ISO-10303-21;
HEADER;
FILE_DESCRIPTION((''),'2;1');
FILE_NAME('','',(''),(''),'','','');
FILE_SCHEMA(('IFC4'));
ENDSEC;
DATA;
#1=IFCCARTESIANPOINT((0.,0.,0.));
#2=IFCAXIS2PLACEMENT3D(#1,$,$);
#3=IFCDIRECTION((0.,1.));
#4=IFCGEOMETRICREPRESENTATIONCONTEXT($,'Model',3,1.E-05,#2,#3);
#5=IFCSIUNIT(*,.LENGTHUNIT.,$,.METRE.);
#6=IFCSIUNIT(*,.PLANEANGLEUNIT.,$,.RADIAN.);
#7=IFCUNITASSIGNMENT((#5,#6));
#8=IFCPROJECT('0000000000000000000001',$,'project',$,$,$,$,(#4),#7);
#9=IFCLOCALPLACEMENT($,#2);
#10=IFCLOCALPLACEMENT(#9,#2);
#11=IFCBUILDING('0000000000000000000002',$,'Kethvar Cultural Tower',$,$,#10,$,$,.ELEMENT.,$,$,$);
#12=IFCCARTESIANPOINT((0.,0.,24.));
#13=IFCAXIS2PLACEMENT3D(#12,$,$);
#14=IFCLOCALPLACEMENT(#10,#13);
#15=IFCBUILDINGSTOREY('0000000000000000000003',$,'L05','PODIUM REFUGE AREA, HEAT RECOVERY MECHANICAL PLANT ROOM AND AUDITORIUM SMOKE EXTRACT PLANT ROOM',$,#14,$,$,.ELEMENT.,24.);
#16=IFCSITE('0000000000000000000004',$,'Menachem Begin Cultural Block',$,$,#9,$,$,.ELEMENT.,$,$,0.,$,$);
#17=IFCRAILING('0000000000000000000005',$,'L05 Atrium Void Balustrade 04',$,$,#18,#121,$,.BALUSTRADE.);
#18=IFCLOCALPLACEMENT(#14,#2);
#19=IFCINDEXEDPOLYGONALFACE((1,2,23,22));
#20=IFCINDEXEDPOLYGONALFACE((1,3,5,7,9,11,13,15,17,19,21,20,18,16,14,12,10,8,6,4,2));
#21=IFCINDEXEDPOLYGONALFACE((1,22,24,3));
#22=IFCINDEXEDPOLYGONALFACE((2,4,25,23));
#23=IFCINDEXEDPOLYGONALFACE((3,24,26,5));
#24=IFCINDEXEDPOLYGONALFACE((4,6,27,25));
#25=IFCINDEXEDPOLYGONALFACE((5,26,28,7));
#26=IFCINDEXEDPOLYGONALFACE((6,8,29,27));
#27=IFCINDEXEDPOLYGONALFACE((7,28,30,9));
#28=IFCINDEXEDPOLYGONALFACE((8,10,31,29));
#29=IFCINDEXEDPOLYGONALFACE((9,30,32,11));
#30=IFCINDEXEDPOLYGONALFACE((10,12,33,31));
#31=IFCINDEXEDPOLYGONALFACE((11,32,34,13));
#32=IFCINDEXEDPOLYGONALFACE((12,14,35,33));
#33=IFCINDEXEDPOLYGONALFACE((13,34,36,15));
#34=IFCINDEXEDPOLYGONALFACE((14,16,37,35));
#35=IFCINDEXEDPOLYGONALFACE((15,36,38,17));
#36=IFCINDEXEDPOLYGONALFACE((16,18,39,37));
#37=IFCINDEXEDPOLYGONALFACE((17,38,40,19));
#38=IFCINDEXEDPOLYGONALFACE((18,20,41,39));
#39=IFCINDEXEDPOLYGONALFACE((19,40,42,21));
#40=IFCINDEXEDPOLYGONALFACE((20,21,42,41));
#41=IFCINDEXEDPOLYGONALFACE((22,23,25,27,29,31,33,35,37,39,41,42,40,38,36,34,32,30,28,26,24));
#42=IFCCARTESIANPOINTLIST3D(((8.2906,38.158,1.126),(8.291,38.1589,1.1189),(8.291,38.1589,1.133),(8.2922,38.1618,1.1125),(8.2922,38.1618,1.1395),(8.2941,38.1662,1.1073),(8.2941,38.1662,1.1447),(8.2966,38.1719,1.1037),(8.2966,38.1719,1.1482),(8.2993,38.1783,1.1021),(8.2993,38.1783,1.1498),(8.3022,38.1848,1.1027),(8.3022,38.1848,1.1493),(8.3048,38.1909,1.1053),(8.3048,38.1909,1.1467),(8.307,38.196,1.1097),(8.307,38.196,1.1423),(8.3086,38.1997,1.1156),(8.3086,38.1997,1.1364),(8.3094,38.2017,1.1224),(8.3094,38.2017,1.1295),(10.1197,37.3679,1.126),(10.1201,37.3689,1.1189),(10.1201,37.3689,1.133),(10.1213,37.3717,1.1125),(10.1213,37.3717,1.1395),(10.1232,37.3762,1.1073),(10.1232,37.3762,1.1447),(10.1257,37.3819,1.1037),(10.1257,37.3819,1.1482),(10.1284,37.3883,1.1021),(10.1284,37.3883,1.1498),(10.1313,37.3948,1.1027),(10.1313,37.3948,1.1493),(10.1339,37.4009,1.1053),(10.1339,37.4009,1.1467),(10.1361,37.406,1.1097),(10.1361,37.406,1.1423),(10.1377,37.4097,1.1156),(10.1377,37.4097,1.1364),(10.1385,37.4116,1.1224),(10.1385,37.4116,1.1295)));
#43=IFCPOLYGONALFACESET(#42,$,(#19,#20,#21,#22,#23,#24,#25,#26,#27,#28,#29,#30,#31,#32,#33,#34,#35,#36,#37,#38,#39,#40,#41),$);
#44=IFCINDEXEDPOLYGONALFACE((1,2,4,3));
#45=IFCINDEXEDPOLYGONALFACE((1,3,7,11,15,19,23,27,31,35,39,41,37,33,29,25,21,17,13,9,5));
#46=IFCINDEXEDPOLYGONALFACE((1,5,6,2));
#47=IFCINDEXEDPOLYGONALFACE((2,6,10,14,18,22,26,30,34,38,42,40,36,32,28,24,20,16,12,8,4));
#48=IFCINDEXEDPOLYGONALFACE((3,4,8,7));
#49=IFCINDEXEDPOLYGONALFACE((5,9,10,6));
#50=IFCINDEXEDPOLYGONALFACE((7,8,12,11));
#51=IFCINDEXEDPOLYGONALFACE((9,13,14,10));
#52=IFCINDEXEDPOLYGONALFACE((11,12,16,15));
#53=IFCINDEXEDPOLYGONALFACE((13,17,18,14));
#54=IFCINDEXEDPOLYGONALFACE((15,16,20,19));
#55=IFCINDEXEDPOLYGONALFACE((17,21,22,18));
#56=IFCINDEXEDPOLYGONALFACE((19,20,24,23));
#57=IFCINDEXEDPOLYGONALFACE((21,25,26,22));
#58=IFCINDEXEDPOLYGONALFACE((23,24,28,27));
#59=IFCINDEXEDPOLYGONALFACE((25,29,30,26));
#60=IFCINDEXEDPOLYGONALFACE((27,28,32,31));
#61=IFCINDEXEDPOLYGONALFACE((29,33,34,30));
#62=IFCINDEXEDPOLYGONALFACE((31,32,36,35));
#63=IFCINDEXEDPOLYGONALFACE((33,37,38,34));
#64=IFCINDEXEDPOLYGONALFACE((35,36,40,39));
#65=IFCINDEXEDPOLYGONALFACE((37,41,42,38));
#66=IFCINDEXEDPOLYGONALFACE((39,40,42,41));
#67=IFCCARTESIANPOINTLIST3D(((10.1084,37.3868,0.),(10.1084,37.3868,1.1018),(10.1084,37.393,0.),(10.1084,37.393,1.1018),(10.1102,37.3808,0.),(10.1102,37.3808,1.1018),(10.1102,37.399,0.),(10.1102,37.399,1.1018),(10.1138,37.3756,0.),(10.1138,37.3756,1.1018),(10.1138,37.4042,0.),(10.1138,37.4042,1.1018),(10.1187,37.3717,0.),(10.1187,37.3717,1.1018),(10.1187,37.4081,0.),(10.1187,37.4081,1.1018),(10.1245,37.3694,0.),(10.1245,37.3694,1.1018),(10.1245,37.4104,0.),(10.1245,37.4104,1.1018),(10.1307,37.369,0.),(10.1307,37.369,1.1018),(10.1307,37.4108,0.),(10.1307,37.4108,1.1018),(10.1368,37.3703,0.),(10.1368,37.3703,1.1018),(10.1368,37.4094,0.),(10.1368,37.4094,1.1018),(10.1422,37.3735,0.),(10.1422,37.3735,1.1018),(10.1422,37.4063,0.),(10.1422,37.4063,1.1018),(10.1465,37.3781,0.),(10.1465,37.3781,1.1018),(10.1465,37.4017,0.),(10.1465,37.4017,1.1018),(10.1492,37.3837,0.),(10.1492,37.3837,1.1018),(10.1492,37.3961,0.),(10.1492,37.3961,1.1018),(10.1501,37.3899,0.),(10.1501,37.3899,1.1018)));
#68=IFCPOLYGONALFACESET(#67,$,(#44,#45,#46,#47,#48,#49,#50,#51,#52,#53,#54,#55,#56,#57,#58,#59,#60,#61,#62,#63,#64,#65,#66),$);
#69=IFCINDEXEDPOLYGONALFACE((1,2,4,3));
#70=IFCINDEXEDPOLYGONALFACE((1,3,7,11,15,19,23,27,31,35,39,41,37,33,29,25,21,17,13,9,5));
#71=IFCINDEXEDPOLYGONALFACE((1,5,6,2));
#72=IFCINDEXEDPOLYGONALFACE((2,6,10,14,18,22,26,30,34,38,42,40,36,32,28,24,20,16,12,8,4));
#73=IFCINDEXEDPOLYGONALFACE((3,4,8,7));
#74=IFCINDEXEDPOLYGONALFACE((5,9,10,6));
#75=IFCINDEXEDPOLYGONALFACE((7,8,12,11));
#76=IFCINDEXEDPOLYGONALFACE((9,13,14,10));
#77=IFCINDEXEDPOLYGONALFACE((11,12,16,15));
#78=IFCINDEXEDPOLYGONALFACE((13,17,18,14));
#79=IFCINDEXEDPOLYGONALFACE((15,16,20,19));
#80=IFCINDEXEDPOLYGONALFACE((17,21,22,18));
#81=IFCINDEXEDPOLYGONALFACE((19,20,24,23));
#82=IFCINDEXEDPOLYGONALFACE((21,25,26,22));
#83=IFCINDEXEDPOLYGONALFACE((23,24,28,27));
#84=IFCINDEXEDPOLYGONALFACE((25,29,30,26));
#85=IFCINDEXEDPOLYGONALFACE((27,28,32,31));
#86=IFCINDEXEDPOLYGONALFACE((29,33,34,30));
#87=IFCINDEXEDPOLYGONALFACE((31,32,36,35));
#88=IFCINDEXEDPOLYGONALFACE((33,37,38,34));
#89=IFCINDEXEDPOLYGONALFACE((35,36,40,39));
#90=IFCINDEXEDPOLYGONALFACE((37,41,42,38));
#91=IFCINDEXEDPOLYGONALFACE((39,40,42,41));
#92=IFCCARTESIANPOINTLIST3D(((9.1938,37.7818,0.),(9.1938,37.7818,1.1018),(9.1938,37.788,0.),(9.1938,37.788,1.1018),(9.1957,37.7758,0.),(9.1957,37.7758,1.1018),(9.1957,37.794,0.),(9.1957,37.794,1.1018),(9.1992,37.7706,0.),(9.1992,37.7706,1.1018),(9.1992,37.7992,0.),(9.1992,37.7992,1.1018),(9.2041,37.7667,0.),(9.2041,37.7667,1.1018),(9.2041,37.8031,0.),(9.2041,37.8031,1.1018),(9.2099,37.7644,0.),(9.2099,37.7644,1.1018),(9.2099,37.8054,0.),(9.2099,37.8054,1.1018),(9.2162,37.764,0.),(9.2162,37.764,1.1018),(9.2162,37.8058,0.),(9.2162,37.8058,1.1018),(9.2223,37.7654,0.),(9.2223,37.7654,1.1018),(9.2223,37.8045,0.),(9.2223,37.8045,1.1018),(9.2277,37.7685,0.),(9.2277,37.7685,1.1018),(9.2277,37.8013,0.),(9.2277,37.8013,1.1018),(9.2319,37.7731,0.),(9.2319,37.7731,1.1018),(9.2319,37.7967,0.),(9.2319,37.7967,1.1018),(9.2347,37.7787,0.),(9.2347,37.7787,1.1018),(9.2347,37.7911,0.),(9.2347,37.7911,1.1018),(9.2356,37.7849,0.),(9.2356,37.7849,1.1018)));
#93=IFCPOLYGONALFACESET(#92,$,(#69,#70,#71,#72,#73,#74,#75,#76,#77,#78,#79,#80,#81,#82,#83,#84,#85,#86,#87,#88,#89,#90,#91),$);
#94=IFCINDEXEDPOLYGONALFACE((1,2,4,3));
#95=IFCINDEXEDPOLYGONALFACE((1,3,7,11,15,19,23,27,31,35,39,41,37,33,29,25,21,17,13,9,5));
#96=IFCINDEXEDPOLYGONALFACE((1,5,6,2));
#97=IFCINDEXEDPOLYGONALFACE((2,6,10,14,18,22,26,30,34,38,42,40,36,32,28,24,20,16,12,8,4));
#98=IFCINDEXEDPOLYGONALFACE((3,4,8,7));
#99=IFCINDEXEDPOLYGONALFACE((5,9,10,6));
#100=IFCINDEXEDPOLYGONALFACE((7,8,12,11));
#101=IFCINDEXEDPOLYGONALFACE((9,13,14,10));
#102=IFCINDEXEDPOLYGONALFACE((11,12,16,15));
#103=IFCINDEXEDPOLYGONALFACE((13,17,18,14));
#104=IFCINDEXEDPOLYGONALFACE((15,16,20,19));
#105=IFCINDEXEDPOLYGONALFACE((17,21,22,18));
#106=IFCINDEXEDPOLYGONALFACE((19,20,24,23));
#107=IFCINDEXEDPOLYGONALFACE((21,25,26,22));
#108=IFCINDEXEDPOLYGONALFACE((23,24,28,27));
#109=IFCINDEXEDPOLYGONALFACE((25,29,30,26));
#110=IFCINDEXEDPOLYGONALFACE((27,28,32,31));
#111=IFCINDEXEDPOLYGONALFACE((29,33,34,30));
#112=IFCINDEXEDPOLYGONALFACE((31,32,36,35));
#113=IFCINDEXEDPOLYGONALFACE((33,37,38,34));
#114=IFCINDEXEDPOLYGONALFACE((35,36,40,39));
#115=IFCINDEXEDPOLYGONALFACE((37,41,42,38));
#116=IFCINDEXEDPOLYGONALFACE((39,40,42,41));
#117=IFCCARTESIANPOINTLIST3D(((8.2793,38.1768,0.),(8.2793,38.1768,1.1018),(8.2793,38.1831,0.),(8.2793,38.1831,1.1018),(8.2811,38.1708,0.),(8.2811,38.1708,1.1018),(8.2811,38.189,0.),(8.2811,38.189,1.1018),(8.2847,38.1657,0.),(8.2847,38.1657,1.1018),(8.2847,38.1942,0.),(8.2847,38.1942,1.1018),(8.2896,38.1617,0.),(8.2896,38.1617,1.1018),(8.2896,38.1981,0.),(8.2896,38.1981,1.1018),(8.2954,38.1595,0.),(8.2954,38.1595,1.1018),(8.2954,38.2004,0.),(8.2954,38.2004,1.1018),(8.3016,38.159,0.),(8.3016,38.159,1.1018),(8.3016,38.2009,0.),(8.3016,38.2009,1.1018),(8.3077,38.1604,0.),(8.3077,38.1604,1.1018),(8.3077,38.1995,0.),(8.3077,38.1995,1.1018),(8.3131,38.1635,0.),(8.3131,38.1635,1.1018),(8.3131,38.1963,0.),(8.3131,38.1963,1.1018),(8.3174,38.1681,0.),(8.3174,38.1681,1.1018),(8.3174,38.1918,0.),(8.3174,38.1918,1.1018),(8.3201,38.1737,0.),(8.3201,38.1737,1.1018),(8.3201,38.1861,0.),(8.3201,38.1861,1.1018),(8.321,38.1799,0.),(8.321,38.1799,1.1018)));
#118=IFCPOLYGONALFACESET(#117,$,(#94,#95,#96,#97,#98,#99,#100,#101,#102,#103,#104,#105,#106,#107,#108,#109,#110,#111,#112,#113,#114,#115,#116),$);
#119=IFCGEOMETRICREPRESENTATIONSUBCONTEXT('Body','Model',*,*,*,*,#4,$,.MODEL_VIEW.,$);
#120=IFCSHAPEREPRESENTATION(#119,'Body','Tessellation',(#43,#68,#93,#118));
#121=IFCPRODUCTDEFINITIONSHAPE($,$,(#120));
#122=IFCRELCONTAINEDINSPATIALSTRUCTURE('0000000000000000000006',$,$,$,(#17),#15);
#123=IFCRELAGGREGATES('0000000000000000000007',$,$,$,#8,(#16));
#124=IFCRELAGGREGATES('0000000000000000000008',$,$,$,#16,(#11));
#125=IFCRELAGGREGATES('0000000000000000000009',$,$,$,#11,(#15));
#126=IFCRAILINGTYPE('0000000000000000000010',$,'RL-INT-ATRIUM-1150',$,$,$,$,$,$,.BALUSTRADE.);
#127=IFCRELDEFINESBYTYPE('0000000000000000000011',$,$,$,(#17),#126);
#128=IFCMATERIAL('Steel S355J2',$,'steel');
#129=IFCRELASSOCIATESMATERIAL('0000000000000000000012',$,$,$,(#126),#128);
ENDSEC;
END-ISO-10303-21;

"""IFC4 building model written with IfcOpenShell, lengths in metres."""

from ifc_helpers import new_model, si_unit, direction, frame, origin, origin_2d, place, context, subcontext, project, spatial, circle, extrude, material, type_object, element, save


model = new_model("IFC4")

# Units and contexts
model_context = context("Model", 3, precision=1e-05, world=origin(), true_north=direction((0.0, 1.0)))
body_context = subcontext(model_context, "Body", "Model", "MODEL_VIEW")
ifc_project = project(units=[si_unit("LENGTHUNIT", "METRE"), si_unit("PLANEANGLEUNIT", "RADIAN")], contexts=[model_context])

# Site, building, storey
site_placement = place(None, origin())
site = spatial("IfcSite", under=ifc_project, at=site_placement, Name="Menachem Begin Cultural Block", CompositionType="ELEMENT", RefElevation=0.0)
building_placement = place(site_placement, origin())
building = spatial("IfcBuilding", under=site, at=building_placement, Name="Kethvar Cultural Tower", CompositionType="ELEMENT")
storey_placement = place(building_placement, frame((0.0, 0.0, 24.0)))
storey = spatial("IfcBuildingStorey", under=building, at=storey_placement, Name="L05", Description="PODIUM REFUGE AREA, HEAT RECOVERY MECHANICAL PLANT ROOM AND AUDITORIUM SMOKE EXTRACT PLANT ROOM", CompositionType="ELEMENT", Elevation=24.0)

# Shared definitions
ifc_material_1 = material(Name="Steel S355J2", Category="steel")

# Railing
railing_type = type_object("IfcRailingType", Name="RL-INT-ATRIUM-1150", PredefinedType="BALUSTRADE", material=ifc_material_1)
railing_1_placement = place(storey_placement, frame((10.1292, 37.3899, 0.0)))
element("IfcRailing", 1, at=railing_1_placement, inside=storey, type_object=railing_type, Name="L05 Atrium Void Balustrade 04", PredefinedType="BALUSTRADE", context=body_context, shape_type="SweptSolid", body=[
    extrude(circle(Radius=0.0239, at=origin_2d()), frame((0.0, 0.0, 1.126), z_axis=(-0.918026, 0.396521, 0.0), x_axis=(-0.396521, -0.918026, 0.0)), (0.0, 0.0, 1.0), 1.9924),
    extrude(circle(Radius=0.021, at=origin_2d()), origin(), (0.0, 0.0, 1.0), 1.1018),
    extrude(circle(Radius=0.021, at=origin_2d()), frame((-0.9146, 0.395, 0.0)), (0.0, 0.0, 1.0), 1.1018),
    extrude(circle(Radius=0.021, at=origin_2d()), frame((-1.8291, 0.79, 0.0)), (0.0, 0.0, 1.0), 1.1018),
])

save(model, "model.ifc")
